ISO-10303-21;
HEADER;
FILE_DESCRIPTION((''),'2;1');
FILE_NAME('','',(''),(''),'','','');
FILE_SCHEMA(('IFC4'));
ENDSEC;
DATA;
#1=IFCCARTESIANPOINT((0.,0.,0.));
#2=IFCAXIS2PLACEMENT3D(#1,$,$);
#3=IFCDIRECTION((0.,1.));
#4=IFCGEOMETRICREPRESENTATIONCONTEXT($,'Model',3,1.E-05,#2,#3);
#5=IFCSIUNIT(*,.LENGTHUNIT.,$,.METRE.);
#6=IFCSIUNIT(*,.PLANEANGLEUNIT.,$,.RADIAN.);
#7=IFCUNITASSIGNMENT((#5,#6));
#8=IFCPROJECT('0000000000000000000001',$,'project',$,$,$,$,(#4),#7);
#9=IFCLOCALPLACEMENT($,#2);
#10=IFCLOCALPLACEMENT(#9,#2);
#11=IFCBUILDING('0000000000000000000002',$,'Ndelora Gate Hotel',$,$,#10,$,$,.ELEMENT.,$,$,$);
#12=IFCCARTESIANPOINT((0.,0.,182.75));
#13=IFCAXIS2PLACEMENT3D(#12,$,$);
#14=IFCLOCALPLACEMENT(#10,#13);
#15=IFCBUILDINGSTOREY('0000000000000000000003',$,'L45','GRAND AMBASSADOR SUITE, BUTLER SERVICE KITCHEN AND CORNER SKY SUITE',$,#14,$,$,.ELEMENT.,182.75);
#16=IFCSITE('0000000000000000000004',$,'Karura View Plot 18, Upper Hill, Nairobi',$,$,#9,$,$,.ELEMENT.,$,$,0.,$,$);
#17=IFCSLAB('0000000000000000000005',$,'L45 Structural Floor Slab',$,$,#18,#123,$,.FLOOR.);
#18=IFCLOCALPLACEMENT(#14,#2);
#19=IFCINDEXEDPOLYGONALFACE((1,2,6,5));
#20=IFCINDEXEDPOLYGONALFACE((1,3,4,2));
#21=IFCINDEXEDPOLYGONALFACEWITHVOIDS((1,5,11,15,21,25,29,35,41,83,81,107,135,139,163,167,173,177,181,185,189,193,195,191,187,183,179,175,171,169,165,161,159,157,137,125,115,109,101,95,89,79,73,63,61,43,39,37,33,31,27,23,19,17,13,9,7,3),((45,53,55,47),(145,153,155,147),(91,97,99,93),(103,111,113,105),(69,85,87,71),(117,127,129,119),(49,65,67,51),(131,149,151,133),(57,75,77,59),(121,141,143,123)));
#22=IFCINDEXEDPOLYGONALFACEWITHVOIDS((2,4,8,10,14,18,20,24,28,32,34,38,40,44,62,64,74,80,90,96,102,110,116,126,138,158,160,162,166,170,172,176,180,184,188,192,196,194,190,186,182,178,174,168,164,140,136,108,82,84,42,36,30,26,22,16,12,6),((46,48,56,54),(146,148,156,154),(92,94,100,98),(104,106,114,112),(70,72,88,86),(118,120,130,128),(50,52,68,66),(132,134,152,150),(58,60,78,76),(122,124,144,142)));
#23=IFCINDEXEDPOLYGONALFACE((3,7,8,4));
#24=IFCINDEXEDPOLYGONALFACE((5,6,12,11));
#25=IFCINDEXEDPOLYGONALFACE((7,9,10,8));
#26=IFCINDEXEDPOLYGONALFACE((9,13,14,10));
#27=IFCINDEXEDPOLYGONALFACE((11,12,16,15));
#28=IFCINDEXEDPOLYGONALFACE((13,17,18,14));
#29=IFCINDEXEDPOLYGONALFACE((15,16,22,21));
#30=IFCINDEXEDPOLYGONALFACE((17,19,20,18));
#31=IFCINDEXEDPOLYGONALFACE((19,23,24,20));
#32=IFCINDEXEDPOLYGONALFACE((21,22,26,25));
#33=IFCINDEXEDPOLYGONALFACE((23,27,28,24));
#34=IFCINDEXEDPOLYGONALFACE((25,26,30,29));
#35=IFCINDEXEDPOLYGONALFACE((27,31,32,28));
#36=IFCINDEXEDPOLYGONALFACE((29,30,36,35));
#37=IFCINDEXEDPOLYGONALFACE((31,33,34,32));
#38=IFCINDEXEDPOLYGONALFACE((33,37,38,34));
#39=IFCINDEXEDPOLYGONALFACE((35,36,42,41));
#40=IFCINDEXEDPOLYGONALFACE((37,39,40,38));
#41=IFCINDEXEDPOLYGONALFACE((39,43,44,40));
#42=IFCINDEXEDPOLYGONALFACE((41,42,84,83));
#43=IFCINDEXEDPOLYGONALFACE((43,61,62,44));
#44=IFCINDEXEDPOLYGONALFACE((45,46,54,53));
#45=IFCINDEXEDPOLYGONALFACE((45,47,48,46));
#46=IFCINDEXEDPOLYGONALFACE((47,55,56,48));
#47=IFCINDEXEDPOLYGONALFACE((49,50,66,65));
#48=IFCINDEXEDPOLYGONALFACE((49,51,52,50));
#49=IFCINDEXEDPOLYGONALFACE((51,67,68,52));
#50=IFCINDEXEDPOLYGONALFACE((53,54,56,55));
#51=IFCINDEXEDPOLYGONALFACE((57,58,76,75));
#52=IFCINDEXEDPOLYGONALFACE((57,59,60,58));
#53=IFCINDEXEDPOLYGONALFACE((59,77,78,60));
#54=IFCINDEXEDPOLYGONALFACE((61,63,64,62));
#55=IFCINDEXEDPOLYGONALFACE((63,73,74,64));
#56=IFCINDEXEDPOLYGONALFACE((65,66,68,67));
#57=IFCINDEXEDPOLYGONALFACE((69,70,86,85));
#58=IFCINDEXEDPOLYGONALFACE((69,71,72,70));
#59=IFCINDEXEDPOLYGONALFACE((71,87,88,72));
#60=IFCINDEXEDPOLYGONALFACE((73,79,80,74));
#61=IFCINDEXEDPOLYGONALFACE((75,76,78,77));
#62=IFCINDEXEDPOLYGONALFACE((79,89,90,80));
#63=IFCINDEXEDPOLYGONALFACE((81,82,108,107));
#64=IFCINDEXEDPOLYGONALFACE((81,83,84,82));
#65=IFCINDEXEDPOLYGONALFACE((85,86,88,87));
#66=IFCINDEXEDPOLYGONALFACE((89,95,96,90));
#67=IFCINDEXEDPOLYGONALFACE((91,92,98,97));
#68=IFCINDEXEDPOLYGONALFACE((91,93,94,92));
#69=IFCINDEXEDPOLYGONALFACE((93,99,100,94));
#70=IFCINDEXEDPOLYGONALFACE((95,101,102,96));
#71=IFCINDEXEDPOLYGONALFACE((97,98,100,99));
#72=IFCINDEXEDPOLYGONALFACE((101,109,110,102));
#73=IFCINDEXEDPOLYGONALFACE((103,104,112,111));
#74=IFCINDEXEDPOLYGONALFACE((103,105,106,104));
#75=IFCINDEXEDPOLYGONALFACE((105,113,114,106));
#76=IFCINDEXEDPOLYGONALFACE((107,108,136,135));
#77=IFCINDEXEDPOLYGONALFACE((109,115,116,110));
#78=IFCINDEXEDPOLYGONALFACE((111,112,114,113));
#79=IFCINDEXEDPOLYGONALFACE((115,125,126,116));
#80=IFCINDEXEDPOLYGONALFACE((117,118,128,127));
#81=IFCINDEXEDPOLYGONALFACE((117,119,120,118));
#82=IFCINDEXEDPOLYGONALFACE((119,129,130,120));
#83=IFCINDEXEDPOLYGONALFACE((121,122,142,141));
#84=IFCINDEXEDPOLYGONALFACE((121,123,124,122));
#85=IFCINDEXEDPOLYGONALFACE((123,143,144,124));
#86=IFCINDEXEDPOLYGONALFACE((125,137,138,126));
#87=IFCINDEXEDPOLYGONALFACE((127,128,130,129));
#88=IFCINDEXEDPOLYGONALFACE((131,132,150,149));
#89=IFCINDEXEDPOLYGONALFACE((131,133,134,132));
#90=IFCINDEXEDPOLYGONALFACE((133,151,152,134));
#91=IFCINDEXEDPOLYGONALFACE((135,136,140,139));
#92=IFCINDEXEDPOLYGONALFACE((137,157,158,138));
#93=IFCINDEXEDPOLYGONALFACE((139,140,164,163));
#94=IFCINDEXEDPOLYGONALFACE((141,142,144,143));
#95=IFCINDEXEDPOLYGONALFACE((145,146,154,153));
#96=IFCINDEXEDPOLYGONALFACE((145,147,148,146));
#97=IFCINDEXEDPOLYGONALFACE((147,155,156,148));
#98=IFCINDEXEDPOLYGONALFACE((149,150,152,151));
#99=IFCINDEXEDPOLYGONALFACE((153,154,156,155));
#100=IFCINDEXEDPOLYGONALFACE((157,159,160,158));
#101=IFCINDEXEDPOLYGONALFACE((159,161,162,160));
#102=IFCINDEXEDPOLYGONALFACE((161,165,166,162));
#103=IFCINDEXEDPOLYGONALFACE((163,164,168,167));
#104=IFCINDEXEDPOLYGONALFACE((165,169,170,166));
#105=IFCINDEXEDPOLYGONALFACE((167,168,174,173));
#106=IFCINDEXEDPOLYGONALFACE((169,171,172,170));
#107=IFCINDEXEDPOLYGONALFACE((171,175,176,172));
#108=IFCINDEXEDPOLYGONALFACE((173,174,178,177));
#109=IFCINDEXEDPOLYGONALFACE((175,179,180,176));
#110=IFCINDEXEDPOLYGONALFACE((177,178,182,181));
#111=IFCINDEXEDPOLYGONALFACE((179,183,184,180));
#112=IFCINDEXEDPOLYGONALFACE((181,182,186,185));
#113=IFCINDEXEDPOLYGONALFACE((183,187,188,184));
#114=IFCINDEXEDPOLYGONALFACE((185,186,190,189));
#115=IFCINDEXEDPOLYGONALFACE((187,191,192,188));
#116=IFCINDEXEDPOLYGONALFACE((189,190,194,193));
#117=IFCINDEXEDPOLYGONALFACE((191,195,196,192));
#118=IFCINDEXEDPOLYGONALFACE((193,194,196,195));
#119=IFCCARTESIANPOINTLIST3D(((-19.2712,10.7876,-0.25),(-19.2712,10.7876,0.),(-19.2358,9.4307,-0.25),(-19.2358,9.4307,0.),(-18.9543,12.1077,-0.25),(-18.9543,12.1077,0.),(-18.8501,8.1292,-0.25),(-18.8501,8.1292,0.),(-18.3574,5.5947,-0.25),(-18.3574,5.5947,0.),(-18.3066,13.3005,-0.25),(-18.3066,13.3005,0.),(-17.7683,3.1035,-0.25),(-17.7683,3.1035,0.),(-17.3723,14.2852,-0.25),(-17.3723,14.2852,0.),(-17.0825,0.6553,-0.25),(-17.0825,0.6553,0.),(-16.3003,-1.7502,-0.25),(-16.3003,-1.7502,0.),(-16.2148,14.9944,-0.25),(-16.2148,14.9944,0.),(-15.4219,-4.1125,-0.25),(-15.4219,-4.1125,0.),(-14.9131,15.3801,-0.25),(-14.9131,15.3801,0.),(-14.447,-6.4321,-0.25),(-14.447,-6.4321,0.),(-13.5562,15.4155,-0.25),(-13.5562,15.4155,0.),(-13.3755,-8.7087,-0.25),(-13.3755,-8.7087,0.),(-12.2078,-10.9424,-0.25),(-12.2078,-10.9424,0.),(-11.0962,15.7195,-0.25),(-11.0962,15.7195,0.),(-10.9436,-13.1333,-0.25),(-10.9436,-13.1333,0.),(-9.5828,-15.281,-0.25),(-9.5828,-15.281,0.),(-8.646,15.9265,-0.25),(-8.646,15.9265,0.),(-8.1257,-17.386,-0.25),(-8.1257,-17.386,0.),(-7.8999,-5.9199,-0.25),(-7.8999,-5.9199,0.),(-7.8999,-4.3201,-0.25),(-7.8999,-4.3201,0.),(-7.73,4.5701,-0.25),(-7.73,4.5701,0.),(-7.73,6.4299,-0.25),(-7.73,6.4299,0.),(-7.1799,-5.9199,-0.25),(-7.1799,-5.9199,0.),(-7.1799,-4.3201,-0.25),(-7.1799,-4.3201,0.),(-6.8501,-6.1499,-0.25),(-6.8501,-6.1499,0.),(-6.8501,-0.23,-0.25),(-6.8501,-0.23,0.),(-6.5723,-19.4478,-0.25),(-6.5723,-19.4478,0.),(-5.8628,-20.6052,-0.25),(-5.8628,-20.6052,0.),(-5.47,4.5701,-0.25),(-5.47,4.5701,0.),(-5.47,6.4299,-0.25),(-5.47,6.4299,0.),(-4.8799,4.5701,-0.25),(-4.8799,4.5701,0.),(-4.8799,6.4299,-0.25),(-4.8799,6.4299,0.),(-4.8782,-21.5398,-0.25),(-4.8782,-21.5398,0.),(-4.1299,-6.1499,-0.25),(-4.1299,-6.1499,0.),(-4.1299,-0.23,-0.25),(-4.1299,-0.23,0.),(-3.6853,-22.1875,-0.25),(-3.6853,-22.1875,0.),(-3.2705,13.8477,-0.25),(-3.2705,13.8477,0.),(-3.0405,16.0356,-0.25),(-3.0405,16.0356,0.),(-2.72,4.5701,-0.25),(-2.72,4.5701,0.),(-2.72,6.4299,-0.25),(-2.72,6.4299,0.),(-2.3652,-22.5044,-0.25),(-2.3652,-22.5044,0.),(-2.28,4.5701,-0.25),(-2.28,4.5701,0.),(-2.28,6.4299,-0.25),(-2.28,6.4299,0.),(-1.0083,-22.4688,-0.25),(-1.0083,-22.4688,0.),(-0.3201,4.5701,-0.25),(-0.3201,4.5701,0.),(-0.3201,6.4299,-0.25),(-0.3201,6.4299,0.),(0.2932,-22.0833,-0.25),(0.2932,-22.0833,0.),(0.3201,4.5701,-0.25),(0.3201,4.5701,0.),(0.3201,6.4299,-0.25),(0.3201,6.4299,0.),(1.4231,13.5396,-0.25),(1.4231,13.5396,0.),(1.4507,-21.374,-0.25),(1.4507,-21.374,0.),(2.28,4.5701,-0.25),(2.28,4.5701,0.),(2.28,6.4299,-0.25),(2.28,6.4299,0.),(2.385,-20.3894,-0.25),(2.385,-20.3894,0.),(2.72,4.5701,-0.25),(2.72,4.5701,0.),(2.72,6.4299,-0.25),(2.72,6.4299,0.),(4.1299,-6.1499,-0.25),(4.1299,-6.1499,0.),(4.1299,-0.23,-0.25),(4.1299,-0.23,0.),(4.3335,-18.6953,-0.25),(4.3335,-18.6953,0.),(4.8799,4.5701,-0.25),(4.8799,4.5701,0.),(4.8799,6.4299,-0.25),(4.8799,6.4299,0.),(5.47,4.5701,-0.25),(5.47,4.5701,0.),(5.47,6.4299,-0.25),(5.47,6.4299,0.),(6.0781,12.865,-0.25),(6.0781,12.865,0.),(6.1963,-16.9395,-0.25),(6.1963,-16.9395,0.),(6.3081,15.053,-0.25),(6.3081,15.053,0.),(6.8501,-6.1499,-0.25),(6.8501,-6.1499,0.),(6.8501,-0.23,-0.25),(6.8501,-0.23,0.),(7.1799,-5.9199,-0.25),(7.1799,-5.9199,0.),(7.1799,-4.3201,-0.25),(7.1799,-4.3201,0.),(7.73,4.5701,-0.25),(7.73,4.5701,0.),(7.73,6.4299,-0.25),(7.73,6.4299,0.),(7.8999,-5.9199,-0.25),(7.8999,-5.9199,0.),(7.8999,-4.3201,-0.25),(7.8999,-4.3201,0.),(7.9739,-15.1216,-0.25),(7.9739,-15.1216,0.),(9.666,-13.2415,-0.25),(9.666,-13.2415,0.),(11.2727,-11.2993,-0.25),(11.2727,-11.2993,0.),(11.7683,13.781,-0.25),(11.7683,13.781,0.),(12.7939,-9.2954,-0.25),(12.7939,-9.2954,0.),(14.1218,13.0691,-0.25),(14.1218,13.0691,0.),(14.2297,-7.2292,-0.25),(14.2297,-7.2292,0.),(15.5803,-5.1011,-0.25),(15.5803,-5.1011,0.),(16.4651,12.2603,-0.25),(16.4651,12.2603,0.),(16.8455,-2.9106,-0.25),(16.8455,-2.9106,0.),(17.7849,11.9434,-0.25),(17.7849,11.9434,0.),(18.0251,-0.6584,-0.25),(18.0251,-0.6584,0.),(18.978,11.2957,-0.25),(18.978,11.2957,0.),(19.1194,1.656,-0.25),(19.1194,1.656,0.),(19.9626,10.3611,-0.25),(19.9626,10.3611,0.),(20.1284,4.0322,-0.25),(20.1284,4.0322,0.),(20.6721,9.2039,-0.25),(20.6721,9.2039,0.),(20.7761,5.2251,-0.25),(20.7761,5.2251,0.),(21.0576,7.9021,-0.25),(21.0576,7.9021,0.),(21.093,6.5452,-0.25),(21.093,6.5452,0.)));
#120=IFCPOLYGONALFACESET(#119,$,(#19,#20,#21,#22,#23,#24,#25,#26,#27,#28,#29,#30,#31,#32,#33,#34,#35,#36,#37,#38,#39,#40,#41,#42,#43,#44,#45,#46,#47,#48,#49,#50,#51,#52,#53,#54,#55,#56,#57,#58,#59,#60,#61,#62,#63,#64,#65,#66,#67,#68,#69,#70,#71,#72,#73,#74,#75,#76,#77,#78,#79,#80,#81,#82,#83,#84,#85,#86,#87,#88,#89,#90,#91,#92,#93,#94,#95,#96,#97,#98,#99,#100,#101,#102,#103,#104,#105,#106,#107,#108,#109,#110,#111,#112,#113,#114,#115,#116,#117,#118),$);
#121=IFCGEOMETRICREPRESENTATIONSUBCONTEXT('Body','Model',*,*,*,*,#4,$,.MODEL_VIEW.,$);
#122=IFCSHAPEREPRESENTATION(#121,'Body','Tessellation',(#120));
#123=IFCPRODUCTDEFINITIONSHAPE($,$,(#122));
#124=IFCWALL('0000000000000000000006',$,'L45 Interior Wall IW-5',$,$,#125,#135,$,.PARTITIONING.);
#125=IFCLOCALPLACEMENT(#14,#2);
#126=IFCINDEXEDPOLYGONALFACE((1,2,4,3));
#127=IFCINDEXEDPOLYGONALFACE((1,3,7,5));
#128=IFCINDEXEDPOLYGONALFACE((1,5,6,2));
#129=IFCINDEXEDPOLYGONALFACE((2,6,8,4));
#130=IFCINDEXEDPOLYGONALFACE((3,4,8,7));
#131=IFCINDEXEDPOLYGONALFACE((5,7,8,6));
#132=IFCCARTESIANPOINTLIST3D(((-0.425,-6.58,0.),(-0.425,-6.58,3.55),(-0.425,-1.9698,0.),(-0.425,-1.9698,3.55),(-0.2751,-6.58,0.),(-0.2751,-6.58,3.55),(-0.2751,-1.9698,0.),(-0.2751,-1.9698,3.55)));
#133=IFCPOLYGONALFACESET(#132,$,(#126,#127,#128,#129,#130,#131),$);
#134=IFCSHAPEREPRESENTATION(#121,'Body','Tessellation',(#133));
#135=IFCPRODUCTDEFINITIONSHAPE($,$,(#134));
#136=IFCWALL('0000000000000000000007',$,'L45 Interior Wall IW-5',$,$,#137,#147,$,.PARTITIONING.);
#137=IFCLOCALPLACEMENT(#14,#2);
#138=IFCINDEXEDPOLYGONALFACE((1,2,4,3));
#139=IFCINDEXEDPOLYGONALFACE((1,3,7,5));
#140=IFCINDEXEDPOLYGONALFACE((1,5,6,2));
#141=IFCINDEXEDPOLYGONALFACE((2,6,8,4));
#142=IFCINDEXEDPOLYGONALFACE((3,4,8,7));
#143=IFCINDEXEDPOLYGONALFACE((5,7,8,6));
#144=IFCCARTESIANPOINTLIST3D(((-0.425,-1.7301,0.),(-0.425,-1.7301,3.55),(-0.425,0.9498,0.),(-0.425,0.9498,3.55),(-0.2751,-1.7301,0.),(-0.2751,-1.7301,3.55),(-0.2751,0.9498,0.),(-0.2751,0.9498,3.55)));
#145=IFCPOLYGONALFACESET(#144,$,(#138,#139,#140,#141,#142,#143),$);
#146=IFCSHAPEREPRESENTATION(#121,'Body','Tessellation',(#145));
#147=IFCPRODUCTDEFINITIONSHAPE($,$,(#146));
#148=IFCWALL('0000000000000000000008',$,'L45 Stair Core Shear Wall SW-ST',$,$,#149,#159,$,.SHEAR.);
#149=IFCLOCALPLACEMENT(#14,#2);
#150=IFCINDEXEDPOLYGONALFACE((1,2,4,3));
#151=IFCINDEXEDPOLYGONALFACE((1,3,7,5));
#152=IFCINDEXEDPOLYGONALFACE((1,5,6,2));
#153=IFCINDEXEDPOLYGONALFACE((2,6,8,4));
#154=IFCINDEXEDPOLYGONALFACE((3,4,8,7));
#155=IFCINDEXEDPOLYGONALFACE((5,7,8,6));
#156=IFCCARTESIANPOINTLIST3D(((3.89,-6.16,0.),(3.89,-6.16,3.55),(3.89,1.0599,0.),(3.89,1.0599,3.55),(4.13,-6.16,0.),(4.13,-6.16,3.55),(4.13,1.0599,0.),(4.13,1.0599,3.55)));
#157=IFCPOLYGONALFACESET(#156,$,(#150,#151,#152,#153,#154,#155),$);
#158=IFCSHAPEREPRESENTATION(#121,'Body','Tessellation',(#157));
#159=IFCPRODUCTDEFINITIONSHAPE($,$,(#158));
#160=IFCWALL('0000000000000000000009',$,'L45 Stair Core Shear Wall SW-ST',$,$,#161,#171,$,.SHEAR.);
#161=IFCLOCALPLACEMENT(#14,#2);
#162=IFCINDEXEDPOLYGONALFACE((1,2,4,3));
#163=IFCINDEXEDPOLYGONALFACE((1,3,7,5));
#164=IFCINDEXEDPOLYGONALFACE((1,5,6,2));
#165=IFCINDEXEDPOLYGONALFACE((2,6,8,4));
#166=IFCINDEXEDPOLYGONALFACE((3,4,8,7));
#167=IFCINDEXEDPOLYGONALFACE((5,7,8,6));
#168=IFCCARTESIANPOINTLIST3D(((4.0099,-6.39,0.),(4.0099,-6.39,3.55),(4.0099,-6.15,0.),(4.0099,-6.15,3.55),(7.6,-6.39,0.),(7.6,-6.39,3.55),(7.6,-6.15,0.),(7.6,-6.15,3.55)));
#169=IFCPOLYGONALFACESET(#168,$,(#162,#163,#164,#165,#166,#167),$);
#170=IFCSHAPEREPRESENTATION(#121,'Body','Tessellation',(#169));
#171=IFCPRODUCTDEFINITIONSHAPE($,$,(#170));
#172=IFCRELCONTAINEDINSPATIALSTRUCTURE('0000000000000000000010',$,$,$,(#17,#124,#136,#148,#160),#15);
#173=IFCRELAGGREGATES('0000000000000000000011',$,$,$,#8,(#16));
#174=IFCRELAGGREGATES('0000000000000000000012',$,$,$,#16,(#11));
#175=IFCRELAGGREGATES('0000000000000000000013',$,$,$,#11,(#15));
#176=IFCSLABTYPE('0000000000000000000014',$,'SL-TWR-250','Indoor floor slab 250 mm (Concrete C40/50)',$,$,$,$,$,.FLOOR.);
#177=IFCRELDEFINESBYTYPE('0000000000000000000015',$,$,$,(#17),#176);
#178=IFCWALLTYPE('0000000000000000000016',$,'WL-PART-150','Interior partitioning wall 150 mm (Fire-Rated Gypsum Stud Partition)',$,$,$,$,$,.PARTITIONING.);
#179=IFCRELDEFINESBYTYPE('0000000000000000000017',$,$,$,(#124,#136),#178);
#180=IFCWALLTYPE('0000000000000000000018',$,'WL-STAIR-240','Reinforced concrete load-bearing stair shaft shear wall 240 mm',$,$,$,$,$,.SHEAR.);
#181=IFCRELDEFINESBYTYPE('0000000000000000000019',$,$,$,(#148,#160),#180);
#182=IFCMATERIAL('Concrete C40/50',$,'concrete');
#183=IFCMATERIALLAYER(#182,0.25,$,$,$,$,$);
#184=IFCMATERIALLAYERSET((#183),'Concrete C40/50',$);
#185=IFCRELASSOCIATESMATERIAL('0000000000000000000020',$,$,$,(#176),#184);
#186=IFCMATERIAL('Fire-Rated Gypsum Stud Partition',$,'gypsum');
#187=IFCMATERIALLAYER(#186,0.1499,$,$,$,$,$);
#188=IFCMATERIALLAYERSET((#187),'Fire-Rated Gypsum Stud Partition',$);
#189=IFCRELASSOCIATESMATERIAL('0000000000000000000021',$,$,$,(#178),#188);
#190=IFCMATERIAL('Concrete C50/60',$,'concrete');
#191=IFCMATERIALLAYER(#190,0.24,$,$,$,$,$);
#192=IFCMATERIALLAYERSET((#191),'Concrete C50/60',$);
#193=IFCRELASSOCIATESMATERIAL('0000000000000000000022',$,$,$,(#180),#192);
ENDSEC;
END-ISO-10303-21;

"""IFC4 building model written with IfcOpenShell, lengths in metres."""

from ifc_helpers import new_model, si_unit, direction, frame, frame_2d, origin, place, context, subcontext, project, spatial, polyline, rectangle, outline, extrude, material, layer, layer_set, type_object, element, save


model = new_model("IFC4")

# Units and contexts
model_context = context("Model", 3, precision=1e-05, world=origin(), true_north=direction((0.0, 1.0)))
body_context = subcontext(model_context, "Body", "Model", "MODEL_VIEW")
ifc_project = project(units=[si_unit("LENGTHUNIT", "METRE"), si_unit("PLANEANGLEUNIT", "RADIAN")], contexts=[model_context])

# Site, building, storey
site_placement = place(None, origin())
site = spatial("IfcSite", under=ifc_project, at=site_placement, Name="Karura View Plot 18, Upper Hill, Nairobi", CompositionType="ELEMENT", RefElevation=0.0)
building_placement = place(site_placement, origin())
building = spatial("IfcBuilding", under=site, at=building_placement, Name="Ndelora Gate Hotel", CompositionType="ELEMENT")
storey_placement = place(building_placement, frame((0.0, 0.0, 182.75)))
storey = spatial("IfcBuildingStorey", under=building, at=storey_placement, Name="L45", Description="GRAND AMBASSADOR SUITE, BUTLER SERVICE KITCHEN AND CORNER SKY SUITE", CompositionType="ELEMENT", Elevation=182.75)

# Shared definitions
ifc_material_1 = material(Name="Concrete C50/60", Category="concrete")

# Slab
ifc_material_2 = material(Name="Concrete C40/50", Category="concrete")
ifc_layer_1 = layer(ifc_material_2, 0.25)
ifc_layer_set_1 = layer_set([ifc_layer_1], Name="Concrete C40/50")
slab_type_1 = type_object("IfcSlabType", Name="SL-TWR-250", Description="Indoor floor slab 250 mm (Concrete C40/50)", PredefinedType="FLOOR", material=ifc_layer_set_1)
slab_1_placement = place(storey_placement, frame((0.0, 0.0, -0.25)))
element("IfcSlab", 1, at=slab_1_placement, inside=storey, type_object=slab_type_1, Name="L45 Structural Floor Slab", PredefinedType="FLOOR", context=body_context, shape_type="SweptSolid", body=[
    extrude(outline(polyline([(-13.5562, 15.4155), (-14.9131, 15.3801), (-16.2148, 14.9944), (-17.3723, 14.2852), (-18.3066, 13.3005), (-18.9543, 12.1077), (-19.2712, 10.7876), (-19.2358, 9.4307), (-18.8501, 8.1292), (-18.3574, 5.5947), (-17.7683, 3.1035), (-17.0825, 0.6553), (-16.3003, -1.7502), (-15.4219, -4.1125), (-14.447, -6.4321), (-13.3755, -8.7087), (-12.2078, -10.9424), (-10.9436, -13.1333), (-9.5828, -15.281), (-8.1257, -17.386), (-6.5723, -19.4478), (-5.8628, -20.6052), (-4.8782, -21.5398), (-3.6853, -22.1875), (-2.3652, -22.5044), (-1.0083, -22.4688), (0.2932, -22.0833), (1.4507, -21.374), (2.385, -20.3894), (4.3335, -18.6953), (6.1963, -16.9395), (7.9739, -15.1216), (9.666, -13.2415), (11.2727, -11.2993), (12.7939, -9.2954), (14.2297, -7.2292), (15.5803, -5.1011), (16.8455, -2.9106), (18.0251, -0.6584), (19.1194, 1.656), (20.1284, 4.0322), (20.7761, 5.2251), (21.093, 6.5452), (21.0576, 7.9021), (20.6721, 9.2039), (19.9626, 10.3611), (18.978, 11.2957), (17.7849, 11.9434), (16.4651, 12.2603), (14.1218, 13.0691), (11.7683, 13.781), (6.3081, 15.053), (6.0781, 12.865), (1.4231, 13.5396), (-3.2705, 13.8477), (-3.0405, 16.0356), (-8.646, 15.9265), (-11.0962, 15.7195), (-13.5562, 15.4155)]), holes=[polyline([(-6.8501, -0.23), (-6.8501, -6.1499), (-4.1299, -6.1499), (-4.1299, -0.23), (-6.8501, -0.23)]), polyline([(4.1299, -0.23), (4.1299, -6.1499), (6.8501, -6.1499), (6.8501, -0.23), (4.1299, -0.23)]), polyline([(-7.73, 4.5701), (-5.47, 4.5701), (-5.47, 6.4299), (-7.73, 6.4299), (-7.73, 4.5701)]), polyline([(5.47, 4.5701), (7.73, 4.5701), (7.73, 6.4299), (5.47, 6.4299), (5.47, 4.5701)]), polyline([(-4.8799, 4.5701), (-2.72, 4.5701), (-2.72, 6.4299), (-4.8799, 6.4299), (-4.8799, 4.5701)]), polyline([(2.72, 4.5701), (4.8799, 4.5701), (4.8799, 6.4299), (2.72, 6.4299), (2.72, 4.5701)]), polyline([(-2.28, 4.5701), (-0.3201, 4.5701), (-0.3201, 6.4299), (-2.28, 6.4299), (-2.28, 4.5701)]), polyline([(0.3201, 4.5701), (2.28, 4.5701), (2.28, 6.4299), (0.3201, 6.4299), (0.3201, 4.5701)]), polyline([(-7.8999, -5.9199), (-7.1799, -5.9199), (-7.1799, -4.3201), (-7.8999, -4.3201), (-7.8999, -5.9199)]), polyline([(7.1799, -5.9199), (7.8999, -5.9199), (7.8999, -4.3201), (7.1799, -4.3201), (7.1799, -5.9199)])]), origin(), (0.0, 0.0, 1.0), 0.25),
])

# Walls
ifc_material_3 = material(Name="Fire-Rated Gypsum Stud Partition", Category="gypsum")
ifc_layer_2 = layer(ifc_material_3, 0.1499)
ifc_layer_set_2 = layer_set([ifc_layer_2], Name="Fire-Rated Gypsum Stud Partition")
wall_type_1 = type_object("IfcWallType", Name="WL-PART-150", Description="Interior partitioning wall 150 mm (Fire-Rated Gypsum Stud Partition)", PredefinedType="PARTITIONING", material=ifc_layer_set_2)
wall_1_placement = place(storey_placement, frame((-0.3501, -6.5801, 0.0), z_axis=(0.0, 0.0, 1.0), x_axis=(0.0, 1.0, 0.0)))
element("IfcWall", 2, at=wall_1_placement, inside=storey, type_object=wall_type_1, Name="L45 Interior Wall IW-5", PredefinedType="PARTITIONING", context=body_context, shape_type="SweptSolid", body=[
    extrude(rectangle(XDim=4.6101, YDim=0.1499, at=frame_2d((2.3052, 0.0))), origin(), (0.0, 0.0, 1.0), 3.55),
])
wall_2_placement = place(storey_placement, frame((-0.3501, -1.73, 0.0), z_axis=(0.0, 0.0, 1.0), x_axis=(0.0, 1.0, 0.0)))
element("IfcWall", 3, at=wall_2_placement, inside=storey, type_object=wall_type_1, Name="L45 Interior Wall IW-5", PredefinedType="PARTITIONING", context=body_context, shape_type="SweptSolid", body=[
    extrude(rectangle(XDim=2.6799, YDim=0.1499, at=frame_2d((1.3398, 0.0))), origin(), (0.0, 0.0, 1.0), 3.55),
])
ifc_layer_3 = layer(ifc_material_1, 0.24)
ifc_layer_set_3 = layer_set([ifc_layer_3], Name="Concrete C50/60")
wall_type_2 = type_object("IfcWallType", Name="WL-STAIR-240", Description="Reinforced concrete load-bearing stair shaft shear wall 240 mm", PredefinedType="SHEAR", material=ifc_layer_set_3)
wall_3_placement = place(storey_placement, frame((4.01, -6.1599, 0.0), z_axis=(0.0, 0.0, 1.0), x_axis=(0.0, 1.0, 0.0)))
element("IfcWall", 4, at=wall_3_placement, inside=storey, type_object=wall_type_2, Name="L45 Stair Core Shear Wall SW-ST", PredefinedType="SHEAR", context=body_context, shape_type="SweptSolid", body=[
    extrude(rectangle(XDim=7.22, YDim=0.24, at=frame_2d((3.6099, 0.0))), origin(), (0.0, 0.0, 1.0), 3.55),
])
wall_4_placement = place(storey_placement, frame((4.01, -6.27, 0.0), z_axis=(0.0, 0.0, 1.0), x_axis=(1.0, 0.0, 0.0)))
element("IfcWall", 5, at=wall_4_placement, inside=storey, type_object=wall_type_2, Name="L45 Stair Core Shear Wall SW-ST", PredefinedType="SHEAR", context=body_context, shape_type="SweptSolid", body=[
    extrude(rectangle(XDim=3.5901, YDim=0.24, at=frame_2d((1.7949, 0.0))), origin(), (0.0, 0.0, 1.0), 3.55),
])

save(model, "model.ifc")
